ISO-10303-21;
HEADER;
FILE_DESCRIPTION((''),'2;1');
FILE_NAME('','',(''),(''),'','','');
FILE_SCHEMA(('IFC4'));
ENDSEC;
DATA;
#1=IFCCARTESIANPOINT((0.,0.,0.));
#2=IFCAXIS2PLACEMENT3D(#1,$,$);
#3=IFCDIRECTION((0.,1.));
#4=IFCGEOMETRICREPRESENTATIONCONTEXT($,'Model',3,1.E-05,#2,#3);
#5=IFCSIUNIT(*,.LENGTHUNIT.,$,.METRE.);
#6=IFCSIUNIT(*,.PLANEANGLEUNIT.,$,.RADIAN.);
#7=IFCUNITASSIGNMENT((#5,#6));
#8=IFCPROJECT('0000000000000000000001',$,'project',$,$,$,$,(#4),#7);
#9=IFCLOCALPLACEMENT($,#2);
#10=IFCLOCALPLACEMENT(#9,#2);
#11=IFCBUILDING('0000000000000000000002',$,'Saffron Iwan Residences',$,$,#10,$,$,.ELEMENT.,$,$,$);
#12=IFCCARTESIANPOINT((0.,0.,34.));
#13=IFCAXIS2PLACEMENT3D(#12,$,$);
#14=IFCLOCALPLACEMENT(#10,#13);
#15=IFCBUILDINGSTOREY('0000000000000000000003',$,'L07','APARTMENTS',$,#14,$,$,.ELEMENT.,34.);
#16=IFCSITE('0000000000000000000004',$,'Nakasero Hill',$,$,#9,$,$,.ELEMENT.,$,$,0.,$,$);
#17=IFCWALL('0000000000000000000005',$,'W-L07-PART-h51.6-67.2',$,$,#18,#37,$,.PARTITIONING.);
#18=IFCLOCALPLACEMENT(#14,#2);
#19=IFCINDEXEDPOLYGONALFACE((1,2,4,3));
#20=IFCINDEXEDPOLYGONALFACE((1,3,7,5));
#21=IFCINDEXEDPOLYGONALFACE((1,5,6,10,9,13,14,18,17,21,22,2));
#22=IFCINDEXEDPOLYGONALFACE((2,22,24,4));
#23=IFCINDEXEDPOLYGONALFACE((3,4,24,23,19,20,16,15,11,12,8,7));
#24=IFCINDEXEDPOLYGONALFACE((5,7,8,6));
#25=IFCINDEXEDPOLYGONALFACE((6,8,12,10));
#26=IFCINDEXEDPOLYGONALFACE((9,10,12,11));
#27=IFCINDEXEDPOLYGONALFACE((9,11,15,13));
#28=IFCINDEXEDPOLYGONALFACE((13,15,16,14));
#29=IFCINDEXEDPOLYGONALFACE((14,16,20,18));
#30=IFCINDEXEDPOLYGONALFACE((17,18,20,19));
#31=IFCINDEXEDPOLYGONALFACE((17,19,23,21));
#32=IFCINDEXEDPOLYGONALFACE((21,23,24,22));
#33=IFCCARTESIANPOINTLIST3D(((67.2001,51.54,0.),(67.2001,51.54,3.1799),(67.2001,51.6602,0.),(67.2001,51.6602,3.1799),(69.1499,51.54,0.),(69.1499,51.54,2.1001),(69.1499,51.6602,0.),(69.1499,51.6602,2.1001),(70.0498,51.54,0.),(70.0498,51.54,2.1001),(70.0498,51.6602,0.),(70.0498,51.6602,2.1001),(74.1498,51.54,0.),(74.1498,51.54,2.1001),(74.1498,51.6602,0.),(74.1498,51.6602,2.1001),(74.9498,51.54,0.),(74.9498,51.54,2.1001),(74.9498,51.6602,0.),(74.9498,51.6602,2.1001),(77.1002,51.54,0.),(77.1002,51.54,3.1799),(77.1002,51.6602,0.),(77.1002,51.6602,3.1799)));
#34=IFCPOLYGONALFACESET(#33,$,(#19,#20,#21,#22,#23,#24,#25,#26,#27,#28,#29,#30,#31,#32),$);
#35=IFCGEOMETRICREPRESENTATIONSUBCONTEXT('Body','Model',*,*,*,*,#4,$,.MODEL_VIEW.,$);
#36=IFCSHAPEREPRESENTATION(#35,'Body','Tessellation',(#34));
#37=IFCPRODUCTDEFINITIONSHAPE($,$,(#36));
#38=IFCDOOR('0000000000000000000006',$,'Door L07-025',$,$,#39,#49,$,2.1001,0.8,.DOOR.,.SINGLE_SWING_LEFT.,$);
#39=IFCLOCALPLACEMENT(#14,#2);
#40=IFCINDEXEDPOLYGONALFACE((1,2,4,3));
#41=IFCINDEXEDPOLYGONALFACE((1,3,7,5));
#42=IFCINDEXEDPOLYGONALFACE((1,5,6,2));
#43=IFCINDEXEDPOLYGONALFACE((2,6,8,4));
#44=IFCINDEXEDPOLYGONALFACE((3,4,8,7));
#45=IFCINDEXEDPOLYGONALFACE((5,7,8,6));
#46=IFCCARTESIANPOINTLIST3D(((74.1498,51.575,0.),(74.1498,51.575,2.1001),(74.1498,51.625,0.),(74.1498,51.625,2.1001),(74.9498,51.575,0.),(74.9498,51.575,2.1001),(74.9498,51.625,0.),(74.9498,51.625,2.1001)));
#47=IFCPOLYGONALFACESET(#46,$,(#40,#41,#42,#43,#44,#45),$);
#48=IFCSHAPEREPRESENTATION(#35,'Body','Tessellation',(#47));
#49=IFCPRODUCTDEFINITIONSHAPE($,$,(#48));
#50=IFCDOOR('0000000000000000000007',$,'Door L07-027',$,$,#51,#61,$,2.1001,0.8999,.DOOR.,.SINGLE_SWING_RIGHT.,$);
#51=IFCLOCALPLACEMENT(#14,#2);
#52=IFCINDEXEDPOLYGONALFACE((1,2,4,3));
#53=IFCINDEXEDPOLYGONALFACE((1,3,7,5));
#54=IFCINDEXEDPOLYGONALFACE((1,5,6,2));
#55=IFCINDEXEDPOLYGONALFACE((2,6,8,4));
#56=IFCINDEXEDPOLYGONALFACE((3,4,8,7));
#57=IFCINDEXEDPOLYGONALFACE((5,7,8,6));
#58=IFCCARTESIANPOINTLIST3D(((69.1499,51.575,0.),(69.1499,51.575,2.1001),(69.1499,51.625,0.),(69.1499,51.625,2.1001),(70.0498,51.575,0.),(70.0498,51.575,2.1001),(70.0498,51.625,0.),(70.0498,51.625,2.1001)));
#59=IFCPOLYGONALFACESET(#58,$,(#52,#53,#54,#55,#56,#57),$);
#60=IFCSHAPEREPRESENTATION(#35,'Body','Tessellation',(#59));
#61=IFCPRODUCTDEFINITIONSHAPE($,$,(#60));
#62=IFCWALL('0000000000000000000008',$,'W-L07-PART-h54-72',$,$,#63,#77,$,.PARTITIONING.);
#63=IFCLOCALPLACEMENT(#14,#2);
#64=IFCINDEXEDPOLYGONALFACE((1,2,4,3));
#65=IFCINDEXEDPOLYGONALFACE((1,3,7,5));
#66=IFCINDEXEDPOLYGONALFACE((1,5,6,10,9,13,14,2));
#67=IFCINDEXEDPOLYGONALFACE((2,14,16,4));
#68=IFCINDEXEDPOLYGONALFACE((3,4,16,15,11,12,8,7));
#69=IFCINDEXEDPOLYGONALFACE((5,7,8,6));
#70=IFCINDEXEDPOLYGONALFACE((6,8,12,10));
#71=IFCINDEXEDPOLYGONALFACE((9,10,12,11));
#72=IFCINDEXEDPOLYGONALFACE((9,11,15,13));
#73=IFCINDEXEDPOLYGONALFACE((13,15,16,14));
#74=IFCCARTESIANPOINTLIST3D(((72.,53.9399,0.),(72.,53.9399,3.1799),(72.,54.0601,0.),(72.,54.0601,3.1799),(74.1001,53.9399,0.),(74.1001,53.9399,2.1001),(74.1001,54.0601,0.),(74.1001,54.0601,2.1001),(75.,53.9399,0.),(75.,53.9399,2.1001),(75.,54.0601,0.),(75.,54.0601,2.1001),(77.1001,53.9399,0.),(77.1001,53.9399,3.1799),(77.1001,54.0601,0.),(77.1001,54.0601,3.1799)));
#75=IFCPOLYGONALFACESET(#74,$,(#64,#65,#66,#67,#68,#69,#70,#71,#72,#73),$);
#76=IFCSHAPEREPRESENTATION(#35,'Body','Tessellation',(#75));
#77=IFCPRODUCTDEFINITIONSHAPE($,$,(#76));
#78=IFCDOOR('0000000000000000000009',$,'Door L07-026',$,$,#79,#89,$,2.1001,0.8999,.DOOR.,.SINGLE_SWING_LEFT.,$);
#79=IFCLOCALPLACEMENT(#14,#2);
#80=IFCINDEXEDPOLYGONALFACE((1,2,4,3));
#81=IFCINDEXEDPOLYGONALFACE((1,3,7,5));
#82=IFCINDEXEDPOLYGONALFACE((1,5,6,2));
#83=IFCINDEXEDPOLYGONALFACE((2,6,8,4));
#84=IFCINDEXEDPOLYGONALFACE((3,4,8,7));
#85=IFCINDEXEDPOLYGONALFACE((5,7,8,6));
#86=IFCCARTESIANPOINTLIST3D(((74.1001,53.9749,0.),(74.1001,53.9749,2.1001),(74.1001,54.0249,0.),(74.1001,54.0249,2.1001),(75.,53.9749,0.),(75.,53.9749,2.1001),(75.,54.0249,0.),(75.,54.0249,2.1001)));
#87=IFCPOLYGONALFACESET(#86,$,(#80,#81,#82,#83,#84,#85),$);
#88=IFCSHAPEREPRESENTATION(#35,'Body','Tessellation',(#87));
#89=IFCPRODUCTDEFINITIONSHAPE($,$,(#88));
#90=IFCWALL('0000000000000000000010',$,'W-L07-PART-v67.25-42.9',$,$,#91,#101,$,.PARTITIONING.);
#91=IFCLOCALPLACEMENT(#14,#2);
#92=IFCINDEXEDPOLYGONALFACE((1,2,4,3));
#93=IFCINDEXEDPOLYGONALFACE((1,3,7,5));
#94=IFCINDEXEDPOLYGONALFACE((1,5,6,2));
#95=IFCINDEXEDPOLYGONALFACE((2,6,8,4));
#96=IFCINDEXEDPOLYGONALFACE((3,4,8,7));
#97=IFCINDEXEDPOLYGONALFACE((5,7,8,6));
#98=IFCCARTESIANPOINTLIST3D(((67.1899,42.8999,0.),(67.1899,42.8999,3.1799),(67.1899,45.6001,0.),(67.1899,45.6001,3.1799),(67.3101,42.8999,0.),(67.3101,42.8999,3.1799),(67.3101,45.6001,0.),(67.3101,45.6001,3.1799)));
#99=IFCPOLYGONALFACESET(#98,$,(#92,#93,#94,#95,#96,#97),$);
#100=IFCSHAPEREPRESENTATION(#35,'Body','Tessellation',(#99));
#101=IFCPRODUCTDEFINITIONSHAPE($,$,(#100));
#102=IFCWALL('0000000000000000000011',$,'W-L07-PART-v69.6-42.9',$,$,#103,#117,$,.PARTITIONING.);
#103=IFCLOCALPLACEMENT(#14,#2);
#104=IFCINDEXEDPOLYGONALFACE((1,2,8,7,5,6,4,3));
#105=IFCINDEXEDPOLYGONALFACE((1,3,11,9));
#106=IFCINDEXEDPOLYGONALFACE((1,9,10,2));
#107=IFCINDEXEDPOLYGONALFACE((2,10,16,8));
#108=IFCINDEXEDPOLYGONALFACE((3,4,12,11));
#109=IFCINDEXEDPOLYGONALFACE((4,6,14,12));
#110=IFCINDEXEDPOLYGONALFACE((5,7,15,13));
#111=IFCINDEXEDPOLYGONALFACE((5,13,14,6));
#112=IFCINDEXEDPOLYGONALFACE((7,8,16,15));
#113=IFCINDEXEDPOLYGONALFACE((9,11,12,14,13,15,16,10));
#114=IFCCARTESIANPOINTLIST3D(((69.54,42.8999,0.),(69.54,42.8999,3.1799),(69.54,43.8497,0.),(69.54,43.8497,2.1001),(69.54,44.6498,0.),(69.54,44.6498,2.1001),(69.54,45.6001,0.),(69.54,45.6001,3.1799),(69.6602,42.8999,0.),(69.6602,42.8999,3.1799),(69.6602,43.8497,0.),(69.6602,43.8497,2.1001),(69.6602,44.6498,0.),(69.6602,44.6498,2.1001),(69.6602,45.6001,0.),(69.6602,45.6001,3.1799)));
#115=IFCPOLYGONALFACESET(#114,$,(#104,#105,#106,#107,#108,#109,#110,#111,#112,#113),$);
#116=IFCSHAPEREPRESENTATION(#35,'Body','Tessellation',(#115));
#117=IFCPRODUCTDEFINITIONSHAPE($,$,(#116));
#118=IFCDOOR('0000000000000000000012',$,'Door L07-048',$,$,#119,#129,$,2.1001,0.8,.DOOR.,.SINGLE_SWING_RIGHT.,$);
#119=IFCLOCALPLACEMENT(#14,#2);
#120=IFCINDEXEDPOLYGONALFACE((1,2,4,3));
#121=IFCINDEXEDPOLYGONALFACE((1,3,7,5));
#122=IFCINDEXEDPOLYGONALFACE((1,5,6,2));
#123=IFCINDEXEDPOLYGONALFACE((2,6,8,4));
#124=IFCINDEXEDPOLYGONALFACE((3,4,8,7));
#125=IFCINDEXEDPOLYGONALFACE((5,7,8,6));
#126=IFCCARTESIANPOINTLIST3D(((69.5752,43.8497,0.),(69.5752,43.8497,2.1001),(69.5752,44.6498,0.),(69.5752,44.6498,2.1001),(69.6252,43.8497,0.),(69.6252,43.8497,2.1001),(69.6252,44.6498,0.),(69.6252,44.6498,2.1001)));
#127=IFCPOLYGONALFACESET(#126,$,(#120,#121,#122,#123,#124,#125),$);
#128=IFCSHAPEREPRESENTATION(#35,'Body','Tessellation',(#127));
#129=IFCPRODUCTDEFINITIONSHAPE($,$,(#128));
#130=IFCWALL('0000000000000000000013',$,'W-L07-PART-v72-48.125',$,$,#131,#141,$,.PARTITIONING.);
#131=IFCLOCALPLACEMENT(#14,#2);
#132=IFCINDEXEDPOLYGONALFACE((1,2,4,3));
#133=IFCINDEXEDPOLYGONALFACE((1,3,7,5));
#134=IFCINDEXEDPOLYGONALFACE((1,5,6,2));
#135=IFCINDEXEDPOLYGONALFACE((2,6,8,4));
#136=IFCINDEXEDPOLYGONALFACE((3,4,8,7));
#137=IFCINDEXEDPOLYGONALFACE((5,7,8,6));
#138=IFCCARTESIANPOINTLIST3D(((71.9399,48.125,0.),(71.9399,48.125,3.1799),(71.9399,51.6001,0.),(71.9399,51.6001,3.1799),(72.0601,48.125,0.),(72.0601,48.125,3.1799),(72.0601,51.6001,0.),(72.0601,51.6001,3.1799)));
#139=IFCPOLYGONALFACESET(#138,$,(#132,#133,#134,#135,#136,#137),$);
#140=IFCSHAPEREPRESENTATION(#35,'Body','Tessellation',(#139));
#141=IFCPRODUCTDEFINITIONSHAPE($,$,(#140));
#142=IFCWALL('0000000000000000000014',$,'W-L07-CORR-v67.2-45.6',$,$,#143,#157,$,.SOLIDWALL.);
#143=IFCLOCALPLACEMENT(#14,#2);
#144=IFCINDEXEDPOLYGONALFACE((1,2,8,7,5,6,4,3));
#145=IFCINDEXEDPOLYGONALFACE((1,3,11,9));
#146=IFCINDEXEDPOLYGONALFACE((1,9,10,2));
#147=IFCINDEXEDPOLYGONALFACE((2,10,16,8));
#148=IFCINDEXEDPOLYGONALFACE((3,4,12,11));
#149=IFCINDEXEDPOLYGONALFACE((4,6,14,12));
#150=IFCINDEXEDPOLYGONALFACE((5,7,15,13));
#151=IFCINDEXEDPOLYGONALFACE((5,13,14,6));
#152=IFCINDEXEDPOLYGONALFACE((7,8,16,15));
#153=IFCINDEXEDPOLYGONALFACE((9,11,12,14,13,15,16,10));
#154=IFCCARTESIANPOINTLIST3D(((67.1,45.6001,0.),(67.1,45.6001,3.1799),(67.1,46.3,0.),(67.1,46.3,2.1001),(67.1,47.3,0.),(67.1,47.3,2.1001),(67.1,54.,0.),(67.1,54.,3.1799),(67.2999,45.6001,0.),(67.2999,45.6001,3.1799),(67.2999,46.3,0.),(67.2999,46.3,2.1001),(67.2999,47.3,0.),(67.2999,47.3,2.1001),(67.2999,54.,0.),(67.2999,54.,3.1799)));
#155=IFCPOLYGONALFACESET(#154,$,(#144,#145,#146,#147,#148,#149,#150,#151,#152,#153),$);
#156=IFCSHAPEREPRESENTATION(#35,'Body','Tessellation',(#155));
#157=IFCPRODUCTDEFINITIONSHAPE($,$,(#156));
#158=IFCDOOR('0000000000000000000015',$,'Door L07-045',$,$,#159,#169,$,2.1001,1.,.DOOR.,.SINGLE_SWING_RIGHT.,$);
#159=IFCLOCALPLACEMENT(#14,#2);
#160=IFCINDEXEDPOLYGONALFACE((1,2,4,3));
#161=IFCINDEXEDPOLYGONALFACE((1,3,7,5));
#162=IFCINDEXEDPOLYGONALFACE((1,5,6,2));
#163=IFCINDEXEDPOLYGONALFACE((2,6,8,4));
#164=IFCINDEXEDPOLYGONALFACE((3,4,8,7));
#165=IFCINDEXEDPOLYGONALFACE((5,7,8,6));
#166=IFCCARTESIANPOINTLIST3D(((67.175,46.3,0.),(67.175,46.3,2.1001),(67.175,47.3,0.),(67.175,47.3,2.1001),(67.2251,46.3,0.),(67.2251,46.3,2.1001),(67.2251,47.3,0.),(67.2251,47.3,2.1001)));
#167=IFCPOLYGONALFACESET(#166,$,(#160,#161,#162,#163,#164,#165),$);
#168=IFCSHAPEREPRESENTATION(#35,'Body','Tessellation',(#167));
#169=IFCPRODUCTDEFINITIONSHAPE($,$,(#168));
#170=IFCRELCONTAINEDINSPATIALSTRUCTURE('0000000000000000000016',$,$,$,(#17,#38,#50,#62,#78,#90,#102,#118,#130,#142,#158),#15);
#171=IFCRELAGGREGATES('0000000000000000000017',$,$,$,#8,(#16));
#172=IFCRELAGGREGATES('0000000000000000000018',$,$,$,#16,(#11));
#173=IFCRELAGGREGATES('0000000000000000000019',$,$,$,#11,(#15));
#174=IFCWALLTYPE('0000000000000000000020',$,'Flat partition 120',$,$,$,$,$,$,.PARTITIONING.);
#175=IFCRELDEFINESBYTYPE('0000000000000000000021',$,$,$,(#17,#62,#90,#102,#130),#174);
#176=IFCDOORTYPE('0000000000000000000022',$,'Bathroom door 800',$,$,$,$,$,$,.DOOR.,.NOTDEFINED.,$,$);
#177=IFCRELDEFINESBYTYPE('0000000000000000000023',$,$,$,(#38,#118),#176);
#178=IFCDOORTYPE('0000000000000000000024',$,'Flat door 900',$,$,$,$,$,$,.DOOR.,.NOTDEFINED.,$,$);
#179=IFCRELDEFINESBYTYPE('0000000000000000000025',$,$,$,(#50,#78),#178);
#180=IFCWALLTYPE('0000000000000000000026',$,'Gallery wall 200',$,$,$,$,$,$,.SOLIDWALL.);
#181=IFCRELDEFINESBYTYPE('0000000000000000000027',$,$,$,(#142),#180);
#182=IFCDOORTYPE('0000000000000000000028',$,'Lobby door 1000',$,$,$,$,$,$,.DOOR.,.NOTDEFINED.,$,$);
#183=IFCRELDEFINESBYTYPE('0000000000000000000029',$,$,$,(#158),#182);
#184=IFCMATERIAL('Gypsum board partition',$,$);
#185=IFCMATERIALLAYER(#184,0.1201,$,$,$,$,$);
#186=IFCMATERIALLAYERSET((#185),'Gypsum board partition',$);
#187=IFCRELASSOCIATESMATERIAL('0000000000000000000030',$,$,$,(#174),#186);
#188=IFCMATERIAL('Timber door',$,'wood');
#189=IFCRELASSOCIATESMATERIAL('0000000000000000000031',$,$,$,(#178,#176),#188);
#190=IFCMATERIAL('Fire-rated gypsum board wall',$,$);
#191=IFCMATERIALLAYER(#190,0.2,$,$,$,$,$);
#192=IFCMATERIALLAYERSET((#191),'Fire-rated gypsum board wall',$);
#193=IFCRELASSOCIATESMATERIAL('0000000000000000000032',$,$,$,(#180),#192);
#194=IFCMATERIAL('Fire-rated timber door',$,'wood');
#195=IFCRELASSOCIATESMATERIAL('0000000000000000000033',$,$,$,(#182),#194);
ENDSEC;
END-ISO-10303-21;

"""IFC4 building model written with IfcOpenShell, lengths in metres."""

from ifc_helpers import new_model, si_unit, direction, frame, frame_2d, origin, place, context, subcontext, project, spatial, rectangle, extrude, material, layer, layer_set, type_object, element, fill, save


model = new_model("IFC4")

# Units and contexts
model_context = context("Model", 3, precision=1e-05, world=origin(), true_north=direction((0.0, 1.0)))
body_context = subcontext(model_context, "Body", "Model", "MODEL_VIEW")
ifc_project = project(units=[si_unit("LENGTHUNIT", "METRE"), si_unit("PLANEANGLEUNIT", "RADIAN")], contexts=[model_context])

# Site, building, storey
site_placement = place(None, origin())
site = spatial("IfcSite", under=ifc_project, at=site_placement, Name="Nakasero Hill", CompositionType="ELEMENT", RefElevation=0.0)
building_placement = place(site_placement, origin())
building = spatial("IfcBuilding", under=site, at=building_placement, Name="Saffron Iwan Residences", CompositionType="ELEMENT")
storey_placement = place(building_placement, frame((0.0, 0.0, 34.0)))
storey = spatial("IfcBuildingStorey", under=building, at=storey_placement, Name="L07", Description="APARTMENTS", CompositionType="ELEMENT", Elevation=34.0)

# Shared definitions
ifc_material_1 = material(Name="Fire-rated gypsum board wall")

# Shared definitions
ifc_material_2 = material(Name="Gypsum board partition")
ifc_layer_1 = layer(ifc_material_2, 0.1201)
ifc_layer_set_1 = layer_set([ifc_layer_1], Name="Gypsum board partition")
wall_type_1 = type_object("IfcWallType", Name="Flat partition 120", PredefinedType="PARTITIONING", material=ifc_layer_set_1)
ifc_material_3 = material(Name="Timber door", Category="wood")
door_type_1 = type_object("IfcDoorType", Name="Flat door 900", OperationType="NOTDEFINED", PredefinedType="DOOR", material=ifc_material_3)

# Wall, openings, doors
wall_1_placement = place(storey_placement, frame((67.2, 51.6001, 0.0), z_axis=(0.0, 0.0, 1.0), x_axis=(1.0, 0.0, 0.0)))
wall_1 = element("IfcWall", 1, at=wall_1_placement, inside=storey, type_object=wall_type_1, Name="W-L07-PART-h51.6-67.2", PredefinedType="PARTITIONING", context=body_context, shape_type="SweptSolid", body=[
    extrude(rectangle(XDim=9.9001, YDim=0.1201, at=frame_2d((4.9502, 0.0))), origin(), (0.0, 0.0, 1.0), 3.1799),
])
opening_1_placement = place(wall_1_placement, frame((6.95, 0.0, 0.0)))
opening_1 = element("IfcOpeningElement", 2, at=opening_1_placement, cuts=wall_1, PredefinedType="OPENING", context=body_context, shape_type="SweptSolid", body=[
    extrude(rectangle(XDim=0.8, YDim=2.1001, at=frame_2d((0.3999, 1.05))), frame((0.0, 0.0701, 0.0), z_axis=(0.0, -1.0, 0.0), x_axis=(1.0, 0.0, 0.0)), (0.0, 0.0, 1.0), 0.1401),
])
opening_2_placement = place(wall_1_placement, frame((1.95, 0.0, 0.0)))
opening_2 = element("IfcOpeningElement", 3, at=opening_2_placement, cuts=wall_1, PredefinedType="OPENING", context=body_context, shape_type="SweptSolid", body=[
    extrude(rectangle(XDim=0.8999, YDim=2.1001, at=frame_2d((0.45, 1.05))), frame((0.0, 0.0701, 0.0), z_axis=(0.0, -1.0, 0.0), x_axis=(1.0, 0.0, 0.0)), (0.0, 0.0, 1.0), 0.1401),
])
door_type_2 = type_object("IfcDoorType", Name="Bathroom door 800", OperationType="NOTDEFINED", PredefinedType="DOOR", material=ifc_material_3)
door_1_placement = place(opening_1_placement, origin())
door_1 = element("IfcDoor", 4, at=door_1_placement, inside=storey, type_object=door_type_2, Name="Door L07-025", OperationType="SINGLE_SWING_LEFT", OverallHeight=2.1001, OverallWidth=0.8, PredefinedType="DOOR", context=body_context, shape_type="SweptSolid", body=[
    extrude(rectangle(XDim=0.8, YDim=2.1001, at=frame_2d((0.3999, 1.05))), frame((0.0, 0.0249, 0.0), z_axis=(0.0, -1.0, 0.0), x_axis=(1.0, 0.0, 0.0)), (0.0, 0.0, 1.0), 0.05),
])
fill(opening_1, door_1)
door_2_placement = place(opening_2_placement, origin())
door_2 = element("IfcDoor", 5, at=door_2_placement, inside=storey, type_object=door_type_1, Name="Door L07-027", OperationType="SINGLE_SWING_RIGHT", OverallHeight=2.1001, OverallWidth=0.8999, PredefinedType="DOOR", context=body_context, shape_type="SweptSolid", body=[
    extrude(rectangle(XDim=0.8999, YDim=2.1001, at=frame_2d((0.45, 1.05))), frame((0.0, 0.0249, 0.0), z_axis=(0.0, -1.0, 0.0), x_axis=(1.0, 0.0, 0.0)), (0.0, 0.0, 1.0), 0.05),
])
fill(opening_2, door_2)

# Wall, opening, door
wall_2_placement = place(storey_placement, frame((72.0, 54.0, 0.0), z_axis=(0.0, 0.0, 1.0), x_axis=(1.0, 0.0, 0.0)))
wall_2 = element("IfcWall", 6, at=wall_2_placement, inside=storey, type_object=wall_type_1, Name="W-L07-PART-h54-72", PredefinedType="PARTITIONING", context=body_context, shape_type="SweptSolid", body=[
    extrude(rectangle(XDim=5.1001, YDim=0.1201, at=frame_2d((2.55, 0.0))), origin(), (0.0, 0.0, 1.0), 3.1799),
])
opening_3_placement = place(wall_2_placement, frame((2.1001, 0.0, 0.0)))
opening_3 = element("IfcOpeningElement", 7, at=opening_3_placement, cuts=wall_2, PredefinedType="OPENING", context=body_context, shape_type="SweptSolid", body=[
    extrude(rectangle(XDim=0.8999, YDim=2.1001, at=frame_2d((0.45, 1.05))), frame((0.0, 0.0701, 0.0), z_axis=(0.0, -1.0, 0.0), x_axis=(1.0, 0.0, 0.0)), (0.0, 0.0, 1.0), 0.1401),
])
door_3_placement = place(opening_3_placement, origin())
door_3 = element("IfcDoor", 8, at=door_3_placement, inside=storey, type_object=door_type_1, Name="Door L07-026", OperationType="SINGLE_SWING_LEFT", OverallHeight=2.1001, OverallWidth=0.8999, PredefinedType="DOOR", context=body_context, shape_type="SweptSolid", body=[
    extrude(rectangle(XDim=0.8999, YDim=2.1001, at=frame_2d((0.45, 1.05))), frame((0.0, 0.0249, 0.0), z_axis=(0.0, -1.0, 0.0), x_axis=(1.0, 0.0, 0.0)), (0.0, 0.0, 1.0), 0.05),
])
fill(opening_3, door_3)

# Wall
wall_3_placement = place(storey_placement, frame((67.25, 42.8999, 0.0), z_axis=(0.0, 0.0, 1.0), x_axis=(0.0, 1.0, 0.0)))
element("IfcWall", 9, at=wall_3_placement, inside=storey, type_object=wall_type_1, Name="W-L07-PART-v67.25-42.9", PredefinedType="PARTITIONING", context=body_context, shape_type="SweptSolid", body=[
    extrude(rectangle(XDim=2.7002, YDim=0.1201, at=frame_2d((1.3501, 0.0))), origin(), (0.0, 0.0, 1.0), 3.1799),
])

# Wall, opening, door
wall_4_placement = place(storey_placement, frame((69.6001, 42.8999, 0.0), z_axis=(0.0, 0.0, 1.0), x_axis=(0.0, 1.0, 0.0)))
wall_4 = element("IfcWall", 10, at=wall_4_placement, inside=storey, type_object=wall_type_1, Name="W-L07-PART-v69.6-42.9", PredefinedType="PARTITIONING", context=body_context, shape_type="SweptSolid", body=[
    extrude(rectangle(XDim=2.7002, YDim=0.1201, at=frame_2d((1.3501, 0.0))), origin(), (0.0, 0.0, 1.0), 3.1799),
])
opening_4_placement = place(wall_4_placement, frame((0.95, 0.0, 0.0)))
opening_4 = element("IfcOpeningElement", 11, at=opening_4_placement, cuts=wall_4, PredefinedType="OPENING", context=body_context, shape_type="SweptSolid", body=[
    extrude(rectangle(XDim=0.8, YDim=2.1001, at=frame_2d((0.3999, 1.05))), frame((0.0, 0.0701, 0.0), z_axis=(0.0, -1.0, 0.0), x_axis=(1.0, 0.0, 0.0)), (0.0, 0.0, 1.0), 0.1401),
])
door_4_placement = place(opening_4_placement, origin())
door_4 = element("IfcDoor", 12, at=door_4_placement, inside=storey, type_object=door_type_2, Name="Door L07-048", OperationType="SINGLE_SWING_RIGHT", OverallHeight=2.1001, OverallWidth=0.8, PredefinedType="DOOR", context=body_context, shape_type="SweptSolid", body=[
    extrude(rectangle(XDim=0.8, YDim=2.1001, at=frame_2d((0.3999, 1.05))), frame((0.0, 0.0249, 0.0), z_axis=(0.0, -1.0, 0.0), x_axis=(1.0, 0.0, 0.0)), (0.0, 0.0, 1.0), 0.05),
])
fill(opening_4, door_4)

# Wall
wall_5_placement = place(storey_placement, frame((72.0, 48.125, 0.0), z_axis=(0.0, 0.0, 1.0), x_axis=(0.0, 1.0, 0.0)))
element("IfcWall", 13, at=wall_5_placement, inside=storey, type_object=wall_type_1, Name="W-L07-PART-v72-48.125", PredefinedType="PARTITIONING", context=body_context, shape_type="SweptSolid", body=[
    extrude(rectangle(XDim=3.4751, YDim=0.1201, at=frame_2d((1.7375, 0.0))), origin(), (0.0, 0.0, 1.0), 3.1799),
])

# Wall, opening, door
ifc_layer_2 = layer(ifc_material_1, 0.2)
ifc_layer_set_2 = layer_set([ifc_layer_2], Name="Fire-rated gypsum board wall")
wall_type_2 = type_object("IfcWallType", Name="Gallery wall 200", PredefinedType="SOLIDWALL", material=ifc_layer_set_2)
wall_6_placement = place(storey_placement, frame((67.2, 45.6001, 0.0), z_axis=(0.0, 0.0, 1.0), x_axis=(0.0, 1.0, 0.0)))
wall_6 = element("IfcWall", 14, at=wall_6_placement, inside=storey, type_object=wall_type_2, Name="W-L07-CORR-v67.2-45.6", PredefinedType="SOLIDWALL", context=body_context, shape_type="SweptSolid", body=[
    extrude(rectangle(XDim=8.3999, YDim=0.2, at=frame_2d((4.2, 0.0))), origin(), (0.0, 0.0, 1.0), 3.1799),
])
opening_5_placement = place(wall_6_placement, frame((0.7, 0.0, 0.0)))
opening_5 = element("IfcOpeningElement", 15, at=opening_5_placement, cuts=wall_6, PredefinedType="OPENING", context=body_context, shape_type="SweptSolid", body=[
    extrude(rectangle(XDim=1.0, YDim=2.1001, at=frame_2d((0.5, 1.05))), frame((0.0, 0.1099, 0.0), z_axis=(0.0, -1.0, 0.0), x_axis=(1.0, 0.0, 0.0)), (0.0, 0.0, 1.0), 0.22),
])
ifc_material_4 = material(Name="Fire-rated timber door", Category="wood")
door_type_3 = type_object("IfcDoorType", Name="Lobby door 1000", OperationType="NOTDEFINED", PredefinedType="DOOR", material=ifc_material_4)
door_5_placement = place(opening_5_placement, origin())
door_5 = element("IfcDoor", 16, at=door_5_placement, inside=storey, type_object=door_type_3, Name="Door L07-045", OperationType="SINGLE_SWING_RIGHT", OverallHeight=2.1001, OverallWidth=1.0, PredefinedType="DOOR", context=body_context, shape_type="SweptSolid", body=[
    extrude(rectangle(XDim=1.0, YDim=2.1001, at=frame_2d((0.5, 1.05))), frame((0.0, 0.0249, 0.0), z_axis=(0.0, -1.0, 0.0), x_axis=(1.0, 0.0, 0.0)), (0.0, 0.0, 1.0), 0.05),
])
fill(opening_5, door_5)

save(model, "model.ifc")
